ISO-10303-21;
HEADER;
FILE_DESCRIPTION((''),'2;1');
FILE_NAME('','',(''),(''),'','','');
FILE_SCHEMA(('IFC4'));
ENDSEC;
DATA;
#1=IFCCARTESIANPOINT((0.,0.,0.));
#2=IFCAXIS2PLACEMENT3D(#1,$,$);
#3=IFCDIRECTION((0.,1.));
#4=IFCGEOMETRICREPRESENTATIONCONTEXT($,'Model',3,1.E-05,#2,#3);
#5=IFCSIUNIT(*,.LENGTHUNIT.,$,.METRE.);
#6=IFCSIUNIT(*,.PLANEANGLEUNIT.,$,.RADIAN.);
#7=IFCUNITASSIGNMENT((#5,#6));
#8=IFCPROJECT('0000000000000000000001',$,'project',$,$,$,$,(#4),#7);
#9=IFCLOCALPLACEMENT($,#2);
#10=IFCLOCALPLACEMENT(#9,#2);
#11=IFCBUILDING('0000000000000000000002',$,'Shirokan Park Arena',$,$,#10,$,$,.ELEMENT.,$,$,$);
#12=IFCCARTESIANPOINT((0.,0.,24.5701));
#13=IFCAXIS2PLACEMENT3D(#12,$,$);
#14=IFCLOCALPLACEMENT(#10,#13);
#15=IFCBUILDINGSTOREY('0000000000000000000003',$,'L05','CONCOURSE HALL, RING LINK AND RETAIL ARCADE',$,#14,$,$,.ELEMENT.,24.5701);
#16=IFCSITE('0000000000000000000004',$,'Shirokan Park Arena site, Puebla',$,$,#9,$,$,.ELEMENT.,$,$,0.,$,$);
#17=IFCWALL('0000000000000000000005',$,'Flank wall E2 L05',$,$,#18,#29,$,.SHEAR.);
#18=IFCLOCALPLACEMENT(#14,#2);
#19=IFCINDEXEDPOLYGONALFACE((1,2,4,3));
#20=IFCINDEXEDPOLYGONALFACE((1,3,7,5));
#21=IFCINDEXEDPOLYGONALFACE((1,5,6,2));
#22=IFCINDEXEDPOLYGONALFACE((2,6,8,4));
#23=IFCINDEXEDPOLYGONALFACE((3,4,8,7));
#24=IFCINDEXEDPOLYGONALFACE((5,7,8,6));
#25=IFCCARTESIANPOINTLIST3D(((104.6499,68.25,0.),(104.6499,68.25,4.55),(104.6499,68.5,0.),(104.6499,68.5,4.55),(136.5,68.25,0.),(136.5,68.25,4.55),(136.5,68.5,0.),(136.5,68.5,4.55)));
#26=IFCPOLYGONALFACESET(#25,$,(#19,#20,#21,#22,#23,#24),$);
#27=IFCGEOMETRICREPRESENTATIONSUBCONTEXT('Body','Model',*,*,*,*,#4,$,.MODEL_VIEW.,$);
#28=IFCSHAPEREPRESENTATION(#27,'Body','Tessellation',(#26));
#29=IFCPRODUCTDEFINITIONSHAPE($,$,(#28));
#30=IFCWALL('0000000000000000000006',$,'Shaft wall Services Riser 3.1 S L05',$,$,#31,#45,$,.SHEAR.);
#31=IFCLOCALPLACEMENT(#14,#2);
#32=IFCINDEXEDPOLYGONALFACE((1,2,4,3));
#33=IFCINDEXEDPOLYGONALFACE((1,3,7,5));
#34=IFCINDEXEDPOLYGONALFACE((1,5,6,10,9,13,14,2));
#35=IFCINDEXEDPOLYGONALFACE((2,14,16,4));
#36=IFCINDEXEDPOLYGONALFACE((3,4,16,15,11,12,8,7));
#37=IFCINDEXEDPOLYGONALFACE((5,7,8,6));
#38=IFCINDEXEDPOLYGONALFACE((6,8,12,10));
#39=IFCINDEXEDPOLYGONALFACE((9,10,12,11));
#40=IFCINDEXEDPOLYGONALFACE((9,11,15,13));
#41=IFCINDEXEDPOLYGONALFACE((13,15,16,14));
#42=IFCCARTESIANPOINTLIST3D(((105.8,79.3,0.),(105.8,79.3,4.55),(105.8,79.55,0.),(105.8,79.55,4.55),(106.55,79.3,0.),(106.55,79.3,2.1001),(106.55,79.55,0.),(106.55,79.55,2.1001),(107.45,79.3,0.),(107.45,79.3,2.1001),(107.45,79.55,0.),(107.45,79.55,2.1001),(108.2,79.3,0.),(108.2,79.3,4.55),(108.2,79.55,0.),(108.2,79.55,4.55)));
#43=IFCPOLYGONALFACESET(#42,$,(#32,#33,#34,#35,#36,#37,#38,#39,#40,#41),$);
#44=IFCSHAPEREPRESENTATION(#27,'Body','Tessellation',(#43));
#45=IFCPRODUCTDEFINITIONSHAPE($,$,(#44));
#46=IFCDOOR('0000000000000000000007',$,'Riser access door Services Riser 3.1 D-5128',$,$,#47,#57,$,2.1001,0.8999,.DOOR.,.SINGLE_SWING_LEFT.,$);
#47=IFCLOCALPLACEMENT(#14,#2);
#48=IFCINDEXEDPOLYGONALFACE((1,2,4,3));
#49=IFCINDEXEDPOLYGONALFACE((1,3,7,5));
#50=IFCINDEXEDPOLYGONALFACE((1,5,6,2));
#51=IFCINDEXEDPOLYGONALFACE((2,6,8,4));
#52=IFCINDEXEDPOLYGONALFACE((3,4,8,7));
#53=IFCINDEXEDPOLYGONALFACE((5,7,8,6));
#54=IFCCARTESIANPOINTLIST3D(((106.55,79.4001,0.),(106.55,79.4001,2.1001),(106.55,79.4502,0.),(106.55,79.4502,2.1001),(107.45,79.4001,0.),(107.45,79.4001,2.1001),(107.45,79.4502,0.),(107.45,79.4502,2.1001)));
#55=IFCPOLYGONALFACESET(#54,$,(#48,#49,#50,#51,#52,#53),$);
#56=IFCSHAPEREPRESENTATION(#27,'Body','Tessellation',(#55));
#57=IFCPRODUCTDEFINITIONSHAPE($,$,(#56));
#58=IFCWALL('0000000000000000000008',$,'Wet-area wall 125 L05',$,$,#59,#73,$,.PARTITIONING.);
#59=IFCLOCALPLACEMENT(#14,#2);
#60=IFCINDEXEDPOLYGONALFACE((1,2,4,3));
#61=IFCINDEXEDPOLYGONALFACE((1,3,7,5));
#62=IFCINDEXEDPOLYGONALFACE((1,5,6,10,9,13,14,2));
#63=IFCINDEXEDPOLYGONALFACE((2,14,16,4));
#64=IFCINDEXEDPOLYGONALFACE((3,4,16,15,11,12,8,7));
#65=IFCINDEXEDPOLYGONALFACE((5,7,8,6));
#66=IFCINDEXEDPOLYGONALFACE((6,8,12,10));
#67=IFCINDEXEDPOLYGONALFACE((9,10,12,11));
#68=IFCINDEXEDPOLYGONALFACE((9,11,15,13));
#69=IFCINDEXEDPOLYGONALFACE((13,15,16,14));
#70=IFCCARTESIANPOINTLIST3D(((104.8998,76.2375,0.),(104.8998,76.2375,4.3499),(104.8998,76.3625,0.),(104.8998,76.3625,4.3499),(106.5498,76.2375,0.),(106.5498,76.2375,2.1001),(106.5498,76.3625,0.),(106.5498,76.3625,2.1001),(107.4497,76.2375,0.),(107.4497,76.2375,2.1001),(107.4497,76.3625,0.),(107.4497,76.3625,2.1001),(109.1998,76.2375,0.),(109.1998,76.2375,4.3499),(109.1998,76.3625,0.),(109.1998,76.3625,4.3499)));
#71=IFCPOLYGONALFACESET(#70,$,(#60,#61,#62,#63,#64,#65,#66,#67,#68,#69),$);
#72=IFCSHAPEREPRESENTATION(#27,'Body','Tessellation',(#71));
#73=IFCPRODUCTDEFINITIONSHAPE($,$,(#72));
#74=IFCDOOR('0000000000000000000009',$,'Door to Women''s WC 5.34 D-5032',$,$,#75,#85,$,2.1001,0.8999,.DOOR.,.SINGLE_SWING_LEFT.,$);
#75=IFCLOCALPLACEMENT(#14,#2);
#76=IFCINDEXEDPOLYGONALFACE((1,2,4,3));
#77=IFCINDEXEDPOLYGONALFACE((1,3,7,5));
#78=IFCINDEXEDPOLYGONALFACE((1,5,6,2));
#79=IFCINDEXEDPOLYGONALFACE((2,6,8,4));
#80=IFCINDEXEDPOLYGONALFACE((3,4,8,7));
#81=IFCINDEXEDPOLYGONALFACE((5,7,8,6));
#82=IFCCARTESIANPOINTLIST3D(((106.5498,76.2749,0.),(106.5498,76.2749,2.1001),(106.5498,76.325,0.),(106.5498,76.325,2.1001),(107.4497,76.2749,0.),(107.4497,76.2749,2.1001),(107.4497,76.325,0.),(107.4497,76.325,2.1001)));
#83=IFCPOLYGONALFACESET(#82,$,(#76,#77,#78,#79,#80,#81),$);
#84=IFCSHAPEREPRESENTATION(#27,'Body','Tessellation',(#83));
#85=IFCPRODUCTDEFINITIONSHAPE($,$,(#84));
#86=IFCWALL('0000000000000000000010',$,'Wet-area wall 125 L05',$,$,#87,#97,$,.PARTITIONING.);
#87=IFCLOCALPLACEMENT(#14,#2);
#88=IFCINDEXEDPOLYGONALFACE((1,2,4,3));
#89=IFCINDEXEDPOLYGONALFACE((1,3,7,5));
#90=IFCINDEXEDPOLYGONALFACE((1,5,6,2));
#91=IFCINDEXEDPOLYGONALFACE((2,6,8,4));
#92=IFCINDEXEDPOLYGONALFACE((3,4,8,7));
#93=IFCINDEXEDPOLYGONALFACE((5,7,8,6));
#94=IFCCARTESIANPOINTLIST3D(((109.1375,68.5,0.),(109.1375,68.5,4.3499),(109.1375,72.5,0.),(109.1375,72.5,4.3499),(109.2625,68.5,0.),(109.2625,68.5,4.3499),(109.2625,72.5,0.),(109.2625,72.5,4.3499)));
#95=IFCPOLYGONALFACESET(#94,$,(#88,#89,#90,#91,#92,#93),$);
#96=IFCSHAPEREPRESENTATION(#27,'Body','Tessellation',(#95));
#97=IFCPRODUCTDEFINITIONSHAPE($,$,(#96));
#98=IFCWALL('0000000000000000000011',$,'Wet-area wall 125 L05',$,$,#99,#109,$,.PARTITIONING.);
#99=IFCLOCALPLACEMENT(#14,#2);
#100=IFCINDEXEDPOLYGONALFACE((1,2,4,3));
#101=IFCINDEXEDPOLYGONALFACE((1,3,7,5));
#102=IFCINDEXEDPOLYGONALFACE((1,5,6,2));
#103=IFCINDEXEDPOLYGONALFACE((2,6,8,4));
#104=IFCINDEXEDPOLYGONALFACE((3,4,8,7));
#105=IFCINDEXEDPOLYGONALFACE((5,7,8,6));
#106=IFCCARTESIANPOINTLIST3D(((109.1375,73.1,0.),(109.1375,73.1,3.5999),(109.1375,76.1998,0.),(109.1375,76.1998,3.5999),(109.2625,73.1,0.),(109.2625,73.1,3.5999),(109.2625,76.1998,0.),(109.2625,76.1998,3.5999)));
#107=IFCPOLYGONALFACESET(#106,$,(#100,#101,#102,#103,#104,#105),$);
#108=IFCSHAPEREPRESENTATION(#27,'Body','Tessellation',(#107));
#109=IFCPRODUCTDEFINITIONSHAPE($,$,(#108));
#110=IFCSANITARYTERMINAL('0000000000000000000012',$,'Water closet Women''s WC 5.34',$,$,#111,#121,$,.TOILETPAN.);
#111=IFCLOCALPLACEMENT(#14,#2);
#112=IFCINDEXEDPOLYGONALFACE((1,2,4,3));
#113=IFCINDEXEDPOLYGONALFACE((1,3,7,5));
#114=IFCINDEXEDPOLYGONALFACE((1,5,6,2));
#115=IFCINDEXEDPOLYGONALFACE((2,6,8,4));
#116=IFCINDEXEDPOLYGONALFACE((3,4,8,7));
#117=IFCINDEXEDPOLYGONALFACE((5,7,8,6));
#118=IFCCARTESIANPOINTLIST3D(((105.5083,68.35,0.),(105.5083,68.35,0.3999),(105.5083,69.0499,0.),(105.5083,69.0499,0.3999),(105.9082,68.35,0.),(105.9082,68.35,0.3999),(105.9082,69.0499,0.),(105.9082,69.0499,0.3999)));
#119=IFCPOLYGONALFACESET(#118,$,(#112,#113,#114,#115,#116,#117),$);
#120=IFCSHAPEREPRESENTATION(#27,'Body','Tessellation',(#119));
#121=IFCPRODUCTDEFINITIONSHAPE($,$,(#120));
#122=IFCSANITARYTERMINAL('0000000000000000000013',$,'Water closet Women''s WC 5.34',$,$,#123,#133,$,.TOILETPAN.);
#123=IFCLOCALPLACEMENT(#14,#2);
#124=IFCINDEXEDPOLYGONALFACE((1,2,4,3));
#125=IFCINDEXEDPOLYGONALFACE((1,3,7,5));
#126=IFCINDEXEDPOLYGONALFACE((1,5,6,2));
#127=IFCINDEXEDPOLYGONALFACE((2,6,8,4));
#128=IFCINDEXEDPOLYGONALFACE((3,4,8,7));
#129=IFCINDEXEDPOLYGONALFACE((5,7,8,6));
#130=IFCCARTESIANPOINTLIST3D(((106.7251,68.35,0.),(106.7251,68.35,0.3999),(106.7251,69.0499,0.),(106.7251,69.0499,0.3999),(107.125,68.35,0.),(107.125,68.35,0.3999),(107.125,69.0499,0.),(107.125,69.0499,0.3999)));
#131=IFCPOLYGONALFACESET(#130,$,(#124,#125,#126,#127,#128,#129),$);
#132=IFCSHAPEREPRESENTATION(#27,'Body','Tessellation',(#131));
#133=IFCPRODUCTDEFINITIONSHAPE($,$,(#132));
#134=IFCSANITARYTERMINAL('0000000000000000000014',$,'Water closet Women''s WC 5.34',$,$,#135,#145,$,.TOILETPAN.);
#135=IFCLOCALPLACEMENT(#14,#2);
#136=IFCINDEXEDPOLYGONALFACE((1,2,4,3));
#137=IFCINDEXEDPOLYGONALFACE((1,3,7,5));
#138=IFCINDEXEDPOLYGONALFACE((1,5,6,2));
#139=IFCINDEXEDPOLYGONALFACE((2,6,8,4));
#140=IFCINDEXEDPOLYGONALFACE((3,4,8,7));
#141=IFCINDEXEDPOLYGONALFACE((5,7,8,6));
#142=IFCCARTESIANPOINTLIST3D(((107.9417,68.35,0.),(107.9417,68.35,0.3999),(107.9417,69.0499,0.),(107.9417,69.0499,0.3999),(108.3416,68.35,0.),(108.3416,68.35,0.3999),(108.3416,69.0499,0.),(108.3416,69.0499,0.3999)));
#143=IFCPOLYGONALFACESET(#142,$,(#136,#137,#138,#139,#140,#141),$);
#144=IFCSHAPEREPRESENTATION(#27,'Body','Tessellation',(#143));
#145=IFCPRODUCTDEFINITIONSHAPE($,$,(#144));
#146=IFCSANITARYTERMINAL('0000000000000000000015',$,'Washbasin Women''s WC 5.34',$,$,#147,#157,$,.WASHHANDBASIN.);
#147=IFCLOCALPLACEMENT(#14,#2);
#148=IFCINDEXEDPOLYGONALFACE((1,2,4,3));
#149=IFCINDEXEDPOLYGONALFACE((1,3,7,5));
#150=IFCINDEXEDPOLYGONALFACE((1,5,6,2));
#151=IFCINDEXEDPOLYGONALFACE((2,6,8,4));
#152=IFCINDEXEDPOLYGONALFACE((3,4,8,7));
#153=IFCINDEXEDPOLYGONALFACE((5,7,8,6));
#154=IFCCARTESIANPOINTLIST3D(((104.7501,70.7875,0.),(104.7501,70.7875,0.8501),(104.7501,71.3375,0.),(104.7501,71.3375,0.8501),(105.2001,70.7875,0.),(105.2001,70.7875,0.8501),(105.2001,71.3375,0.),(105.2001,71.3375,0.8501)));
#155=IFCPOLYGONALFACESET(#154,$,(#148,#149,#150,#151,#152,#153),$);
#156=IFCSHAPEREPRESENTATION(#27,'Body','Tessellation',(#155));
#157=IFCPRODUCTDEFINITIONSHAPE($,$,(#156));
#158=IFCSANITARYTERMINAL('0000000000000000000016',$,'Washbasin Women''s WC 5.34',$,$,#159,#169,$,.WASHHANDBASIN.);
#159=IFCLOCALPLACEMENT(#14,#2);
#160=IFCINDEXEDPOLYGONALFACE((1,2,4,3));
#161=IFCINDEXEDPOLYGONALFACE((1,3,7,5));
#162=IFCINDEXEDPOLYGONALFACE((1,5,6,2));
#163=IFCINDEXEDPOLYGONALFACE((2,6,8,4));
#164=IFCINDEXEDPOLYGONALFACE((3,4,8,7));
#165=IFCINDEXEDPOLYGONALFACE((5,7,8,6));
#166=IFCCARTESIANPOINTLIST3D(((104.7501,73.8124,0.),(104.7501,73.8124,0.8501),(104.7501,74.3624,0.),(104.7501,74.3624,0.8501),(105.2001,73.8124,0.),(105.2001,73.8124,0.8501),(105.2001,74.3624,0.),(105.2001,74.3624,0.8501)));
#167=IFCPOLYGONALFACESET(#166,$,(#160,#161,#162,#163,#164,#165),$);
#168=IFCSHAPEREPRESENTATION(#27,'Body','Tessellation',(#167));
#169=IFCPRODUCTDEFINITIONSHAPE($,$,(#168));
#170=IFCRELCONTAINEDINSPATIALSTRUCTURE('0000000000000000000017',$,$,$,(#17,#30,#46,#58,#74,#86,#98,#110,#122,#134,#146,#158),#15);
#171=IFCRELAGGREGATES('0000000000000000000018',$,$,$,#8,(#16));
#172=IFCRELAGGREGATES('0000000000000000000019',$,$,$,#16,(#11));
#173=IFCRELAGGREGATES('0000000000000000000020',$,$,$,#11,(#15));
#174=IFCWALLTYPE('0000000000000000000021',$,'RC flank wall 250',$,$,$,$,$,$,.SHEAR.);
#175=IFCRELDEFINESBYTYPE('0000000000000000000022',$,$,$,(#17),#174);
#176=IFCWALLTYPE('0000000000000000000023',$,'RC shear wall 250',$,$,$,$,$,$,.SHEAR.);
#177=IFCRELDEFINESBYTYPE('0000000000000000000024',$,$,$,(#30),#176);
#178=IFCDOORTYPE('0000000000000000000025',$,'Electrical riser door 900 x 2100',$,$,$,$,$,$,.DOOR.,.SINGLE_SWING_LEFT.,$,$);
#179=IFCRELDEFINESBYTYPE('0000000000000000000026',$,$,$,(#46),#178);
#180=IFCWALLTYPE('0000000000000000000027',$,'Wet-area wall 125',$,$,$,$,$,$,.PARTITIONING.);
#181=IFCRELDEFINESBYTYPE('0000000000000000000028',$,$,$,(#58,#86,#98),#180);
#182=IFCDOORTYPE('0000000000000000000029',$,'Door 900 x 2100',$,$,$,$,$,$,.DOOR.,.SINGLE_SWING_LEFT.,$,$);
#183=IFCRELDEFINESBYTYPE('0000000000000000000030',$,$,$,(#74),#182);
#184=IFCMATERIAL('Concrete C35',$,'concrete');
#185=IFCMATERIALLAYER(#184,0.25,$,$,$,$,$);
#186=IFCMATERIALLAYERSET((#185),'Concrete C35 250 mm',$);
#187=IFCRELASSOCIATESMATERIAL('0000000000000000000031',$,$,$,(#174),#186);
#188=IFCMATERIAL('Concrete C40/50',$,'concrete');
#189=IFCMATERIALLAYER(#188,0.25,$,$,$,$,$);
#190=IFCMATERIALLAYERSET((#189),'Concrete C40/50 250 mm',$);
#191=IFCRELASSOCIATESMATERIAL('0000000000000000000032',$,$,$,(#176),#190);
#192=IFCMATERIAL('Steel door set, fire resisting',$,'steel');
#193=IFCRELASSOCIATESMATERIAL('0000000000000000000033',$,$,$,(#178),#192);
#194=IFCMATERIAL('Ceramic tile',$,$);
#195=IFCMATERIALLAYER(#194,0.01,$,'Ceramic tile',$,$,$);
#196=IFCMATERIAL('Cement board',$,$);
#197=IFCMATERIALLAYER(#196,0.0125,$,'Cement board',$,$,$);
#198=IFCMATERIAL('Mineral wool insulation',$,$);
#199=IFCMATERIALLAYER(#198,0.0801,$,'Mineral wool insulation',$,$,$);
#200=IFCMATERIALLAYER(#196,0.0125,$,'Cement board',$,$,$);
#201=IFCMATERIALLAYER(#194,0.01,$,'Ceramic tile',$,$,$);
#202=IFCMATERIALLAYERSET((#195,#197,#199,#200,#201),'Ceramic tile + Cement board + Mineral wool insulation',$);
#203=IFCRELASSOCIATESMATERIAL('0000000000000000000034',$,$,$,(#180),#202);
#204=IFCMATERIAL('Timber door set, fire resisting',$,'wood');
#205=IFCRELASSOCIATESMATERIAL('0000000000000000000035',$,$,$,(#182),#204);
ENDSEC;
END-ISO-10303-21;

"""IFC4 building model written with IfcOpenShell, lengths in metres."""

from ifc_helpers import new_model, si_unit, direction, frame, frame_2d, origin, origin_2d, place, context, subcontext, project, spatial, rectangle, extrude, material, layer, layer_set, type_object, element, fill, save


model = new_model("IFC4")

# Units and contexts
model_context = context("Model", 3, precision=1e-05, world=origin(), true_north=direction((0.0, 1.0)))
body_context = subcontext(model_context, "Body", "Model", "MODEL_VIEW")
ifc_project = project(units=[si_unit("LENGTHUNIT", "METRE"), si_unit("PLANEANGLEUNIT", "RADIAN")], contexts=[model_context])

# Site, building, storey
site_placement = place(None, origin())
site = spatial("IfcSite", under=ifc_project, at=site_placement, Name="Shirokan Park Arena site, Puebla", CompositionType="ELEMENT", RefElevation=0.0)
building_placement = place(site_placement, origin())
building = spatial("IfcBuilding", under=site, at=building_placement, Name="Shirokan Park Arena", CompositionType="ELEMENT")
storey_placement = place(building_placement, frame((0.0, 0.0, 24.5701)))
storey = spatial("IfcBuildingStorey", under=building, at=storey_placement, Name="L05", Description="CONCOURSE HALL, RING LINK AND RETAIL ARCADE", CompositionType="ELEMENT", Elevation=24.5701)

# Shared definitions
ifc_material_1 = material(Name="Concrete C35", Category="concrete")

# Shared definitions
ifc_material_2 = material(Name="Mineral wool insulation")
ifc_material_3 = material(Name="Timber door set, fire resisting", Category="wood")

# Wall
ifc_layer_1 = layer(ifc_material_1, 0.25)
ifc_layer_set_1 = layer_set([ifc_layer_1], Name="Concrete C35 250 mm")
wall_type_1 = type_object("IfcWallType", Name="RC flank wall 250", PredefinedType="SHEAR", material=ifc_layer_set_1)
for number, where, z_axis, x_axis, name in (
    (1, (104.6499, 68.375, 0.0), (0.0, 0.0, 1.0), (1.0, 0.0, 0.0), "Flank wall E2 L05"),
):
    element("IfcWall", number, at=place(storey_placement, frame(where, z_axis=z_axis, x_axis=x_axis)), inside=storey, type_object=wall_type_1, Name=name, PredefinedType="SHEAR", context=body_context, shape_type="SweptSolid", body=[
        extrude(rectangle(XDim=31.8501, YDim=0.25, at=frame_2d((15.925, 0.0))), origin(), (0.0, 0.0, 1.0), 4.55),
    ])

# Walls, openings, doors
ifc_material_4 = material(Name="Concrete C40/50", Category="concrete")
ifc_layer_2 = layer(ifc_material_4, 0.25)
ifc_layer_set_2 = layer_set([ifc_layer_2], Name="Concrete C40/50 250 mm")
wall_type_2 = type_object("IfcWallType", Name="RC shear wall 250", PredefinedType="SHEAR", material=ifc_layer_set_2)
wall_1_placement = place(storey_placement, frame((108.2, 79.425, 0.0), z_axis=(0.0, 0.0, 1.0), x_axis=(-1.0, 0.0, 0.0)))
wall_1 = element("IfcWall", 2, at=wall_1_placement, inside=storey, type_object=wall_type_2, Name="Shaft wall Services Riser 3.1 S L05", PredefinedType="SHEAR", context=body_context, shape_type="SweptSolid", body=[
    extrude(rectangle(XDim=2.3999, YDim=0.25, at=frame_2d((1.2, 0.0))), origin(), (0.0, 0.0, 1.0), 4.55),
])
opening_1_placement = place(wall_1_placement, frame((0.75, 0.0, 0.0)))
opening_1 = element("IfcOpeningElement", 3, at=opening_1_placement, cuts=wall_1, PredefinedType="OPENING", context=body_context, shape_type="SweptSolid", body=[
    extrude(rectangle(XDim=0.8999, YDim=2.1001, at=frame_2d((0.45, 1.05))), frame((0.0, 0.135, 0.0), z_axis=(0.0, -1.0, 0.0), x_axis=(1.0, 0.0, 0.0)), (0.0, 0.0, 1.0), 0.27),
])
ifc_material_5 = material(Name="Steel door set, fire resisting", Category="steel")
door_type_1 = type_object("IfcDoorType", Name="Electrical riser door 900 x 2100", OperationType="SINGLE_SWING_LEFT", PredefinedType="DOOR", material=ifc_material_5)
door_1_placement = place(opening_1_placement, origin())
door_1 = element("IfcDoor", 4, at=door_1_placement, inside=storey, type_object=door_type_1, Name="Riser access door Services Riser 3.1 D-5128", OperationType="SINGLE_SWING_LEFT", OverallHeight=2.1001, OverallWidth=0.8999, PredefinedType="DOOR", context=body_context, shape_type="SweptSolid", body=[
    extrude(rectangle(XDim=0.8999, YDim=2.1001, at=frame_2d((0.45, 1.05))), frame((0.0, 0.0249, 0.0), z_axis=(0.0, -1.0, 0.0), x_axis=(1.0, 0.0, 0.0)), (0.0, 0.0, 1.0), 0.05),
])
fill(opening_1, door_1)
ifc_material_6 = material(Name="Ceramic tile")
ifc_layer_3 = layer(ifc_material_6, 0.01, Name="Ceramic tile")
ifc_material_7 = material(Name="Cement board")
ifc_layer_4 = layer(ifc_material_7, 0.0125, Name="Cement board")
ifc_layer_5 = layer(ifc_material_2, 0.0801, Name="Mineral wool insulation")
ifc_layer_6 = layer(ifc_material_7, 0.0125, Name="Cement board")
ifc_layer_7 = layer(ifc_material_6, 0.01, Name="Ceramic tile")
ifc_layer_set_3 = layer_set([ifc_layer_3, ifc_layer_4, ifc_layer_5, ifc_layer_6, ifc_layer_7], Name="Ceramic tile + Cement board + Mineral wool insulation")
wall_type_3 = type_object("IfcWallType", Name="Wet-area wall 125", PredefinedType="PARTITIONING", material=ifc_layer_set_3)
wall_2_placement = place(storey_placement, frame((104.8999, 76.3, 0.0), z_axis=(0.0, 0.0, 1.0), x_axis=(1.0, 0.0, 0.0)))
wall_2 = element("IfcWall", 5, at=wall_2_placement, inside=storey, type_object=wall_type_3, Name="Wet-area wall 125 L05", PredefinedType="PARTITIONING", context=body_context, shape_type="SweptSolid", body=[
    extrude(rectangle(XDim=4.3, YDim=0.125, at=frame_2d((2.1499, 0.0))), origin(), (0.0, 0.0, 1.0), 4.3499),
])
opening_2_placement = place(wall_2_placement, frame((1.6499, 0.0, 0.0)))
opening_2 = element("IfcOpeningElement", 6, at=opening_2_placement, cuts=wall_2, PredefinedType="OPENING", context=body_context, shape_type="SweptSolid", body=[
    extrude(rectangle(XDim=0.8999, YDim=2.1001, at=frame_2d((0.45, 1.05))), frame((0.0, 0.0725, 0.0), z_axis=(0.0, -1.0, 0.0), x_axis=(1.0, 0.0, 0.0)), (0.0, 0.0, 1.0), 0.145),
])
door_type_2 = type_object("IfcDoorType", Name="Door 900 x 2100", OperationType="SINGLE_SWING_LEFT", PredefinedType="DOOR", material=ifc_material_3)
door_2_placement = place(opening_2_placement, origin())
door_2 = element("IfcDoor", 7, at=door_2_placement, inside=storey, type_object=door_type_2, Name="Door to Women's WC 5.34 D-5032", OperationType="SINGLE_SWING_LEFT", OverallHeight=2.1001, OverallWidth=0.8999, PredefinedType="DOOR", context=body_context, shape_type="SweptSolid", body=[
    extrude(rectangle(XDim=0.8999, YDim=2.1001, at=frame_2d((0.45, 1.05))), frame((0.0, 0.0249, 0.0), z_axis=(0.0, -1.0, 0.0), x_axis=(1.0, 0.0, 0.0)), (0.0, 0.0, 1.0), 0.05),
])
fill(opening_2, door_2)

# Walls
wall_3_placement = place(storey_placement, frame((109.2, 68.5, 0.0), z_axis=(0.0, 0.0, 1.0), x_axis=(0.0, 1.0, 0.0)))
element("IfcWall", 8, at=wall_3_placement, inside=storey, type_object=wall_type_3, Name="Wet-area wall 125 L05", PredefinedType="PARTITIONING", context=body_context, shape_type="SweptSolid", body=[
    extrude(rectangle(XDim=4.0, YDim=0.125, at=frame_2d((2.0, 0.0))), origin(), (0.0, 0.0, 1.0), 4.3499),
])
wall_4_placement = place(storey_placement, frame((109.2, 73.1001, 0.0), z_axis=(0.0, 0.0, 1.0), x_axis=(0.0, 1.0, 0.0)))
element("IfcWall", 9, at=wall_4_placement, inside=storey, type_object=wall_type_3, Name="Wet-area wall 125 L05", PredefinedType="PARTITIONING", context=body_context, shape_type="SweptSolid", body=[
    extrude(rectangle(XDim=3.0999, YDim=0.125, at=frame_2d((1.5498, 0.0))), origin(), (0.0, 0.0, 1.0), 3.5999),
])

# Sanitary terminals
for number, where, z_axis, x_axis, name in (
    (10, (105.7083, 68.7, 0.0), (0.0, 0.0, 1.0), (1.0, 0.0, 0.0), "Water closet Women's WC 5.34"),
    (11, (106.925, 68.7, 0.0), (0.0, 0.0, 1.0), (1.0, 0.0, 0.0), "Water closet Women's WC 5.34"),
    (12, (108.1416, 68.7, 0.0), (0.0, 0.0, 1.0), (1.0, 0.0, 0.0), "Water closet Women's WC 5.34"),
):
    element("IfcSanitaryTerminal", number, at=place(storey_placement, frame(where, z_axis=z_axis, x_axis=x_axis)), inside=storey, Name=name, PredefinedType="TOILETPAN", context=body_context, shape_type="SweptSolid", body=[
        extrude(rectangle(XDim=0.3999, YDim=0.7, at=origin_2d()), origin(), (0.0, 0.0, 1.0), 0.3999),
    ])
for number, where, z_axis, x_axis, name in (
    (13, (104.9751, 71.0625, 0.0), (0.0, 0.0, 1.0), (1.0, 0.0, 0.0), "Washbasin Women's WC 5.34"),
    (14, (104.9751, 74.0874, 0.0), (0.0, 0.0, 1.0), (1.0, 0.0, 0.0), "Washbasin Women's WC 5.34"),
):
    element("IfcSanitaryTerminal", number, at=place(storey_placement, frame(where, z_axis=z_axis, x_axis=x_axis)), inside=storey, Name=name, PredefinedType="WASHHANDBASIN", context=body_context, shape_type="SweptSolid", body=[
        extrude(rectangle(XDim=0.45, YDim=0.55, at=origin_2d()), origin(), (0.0, 0.0, 1.0), 0.8501),
    ])

save(model, "model.ifc")
